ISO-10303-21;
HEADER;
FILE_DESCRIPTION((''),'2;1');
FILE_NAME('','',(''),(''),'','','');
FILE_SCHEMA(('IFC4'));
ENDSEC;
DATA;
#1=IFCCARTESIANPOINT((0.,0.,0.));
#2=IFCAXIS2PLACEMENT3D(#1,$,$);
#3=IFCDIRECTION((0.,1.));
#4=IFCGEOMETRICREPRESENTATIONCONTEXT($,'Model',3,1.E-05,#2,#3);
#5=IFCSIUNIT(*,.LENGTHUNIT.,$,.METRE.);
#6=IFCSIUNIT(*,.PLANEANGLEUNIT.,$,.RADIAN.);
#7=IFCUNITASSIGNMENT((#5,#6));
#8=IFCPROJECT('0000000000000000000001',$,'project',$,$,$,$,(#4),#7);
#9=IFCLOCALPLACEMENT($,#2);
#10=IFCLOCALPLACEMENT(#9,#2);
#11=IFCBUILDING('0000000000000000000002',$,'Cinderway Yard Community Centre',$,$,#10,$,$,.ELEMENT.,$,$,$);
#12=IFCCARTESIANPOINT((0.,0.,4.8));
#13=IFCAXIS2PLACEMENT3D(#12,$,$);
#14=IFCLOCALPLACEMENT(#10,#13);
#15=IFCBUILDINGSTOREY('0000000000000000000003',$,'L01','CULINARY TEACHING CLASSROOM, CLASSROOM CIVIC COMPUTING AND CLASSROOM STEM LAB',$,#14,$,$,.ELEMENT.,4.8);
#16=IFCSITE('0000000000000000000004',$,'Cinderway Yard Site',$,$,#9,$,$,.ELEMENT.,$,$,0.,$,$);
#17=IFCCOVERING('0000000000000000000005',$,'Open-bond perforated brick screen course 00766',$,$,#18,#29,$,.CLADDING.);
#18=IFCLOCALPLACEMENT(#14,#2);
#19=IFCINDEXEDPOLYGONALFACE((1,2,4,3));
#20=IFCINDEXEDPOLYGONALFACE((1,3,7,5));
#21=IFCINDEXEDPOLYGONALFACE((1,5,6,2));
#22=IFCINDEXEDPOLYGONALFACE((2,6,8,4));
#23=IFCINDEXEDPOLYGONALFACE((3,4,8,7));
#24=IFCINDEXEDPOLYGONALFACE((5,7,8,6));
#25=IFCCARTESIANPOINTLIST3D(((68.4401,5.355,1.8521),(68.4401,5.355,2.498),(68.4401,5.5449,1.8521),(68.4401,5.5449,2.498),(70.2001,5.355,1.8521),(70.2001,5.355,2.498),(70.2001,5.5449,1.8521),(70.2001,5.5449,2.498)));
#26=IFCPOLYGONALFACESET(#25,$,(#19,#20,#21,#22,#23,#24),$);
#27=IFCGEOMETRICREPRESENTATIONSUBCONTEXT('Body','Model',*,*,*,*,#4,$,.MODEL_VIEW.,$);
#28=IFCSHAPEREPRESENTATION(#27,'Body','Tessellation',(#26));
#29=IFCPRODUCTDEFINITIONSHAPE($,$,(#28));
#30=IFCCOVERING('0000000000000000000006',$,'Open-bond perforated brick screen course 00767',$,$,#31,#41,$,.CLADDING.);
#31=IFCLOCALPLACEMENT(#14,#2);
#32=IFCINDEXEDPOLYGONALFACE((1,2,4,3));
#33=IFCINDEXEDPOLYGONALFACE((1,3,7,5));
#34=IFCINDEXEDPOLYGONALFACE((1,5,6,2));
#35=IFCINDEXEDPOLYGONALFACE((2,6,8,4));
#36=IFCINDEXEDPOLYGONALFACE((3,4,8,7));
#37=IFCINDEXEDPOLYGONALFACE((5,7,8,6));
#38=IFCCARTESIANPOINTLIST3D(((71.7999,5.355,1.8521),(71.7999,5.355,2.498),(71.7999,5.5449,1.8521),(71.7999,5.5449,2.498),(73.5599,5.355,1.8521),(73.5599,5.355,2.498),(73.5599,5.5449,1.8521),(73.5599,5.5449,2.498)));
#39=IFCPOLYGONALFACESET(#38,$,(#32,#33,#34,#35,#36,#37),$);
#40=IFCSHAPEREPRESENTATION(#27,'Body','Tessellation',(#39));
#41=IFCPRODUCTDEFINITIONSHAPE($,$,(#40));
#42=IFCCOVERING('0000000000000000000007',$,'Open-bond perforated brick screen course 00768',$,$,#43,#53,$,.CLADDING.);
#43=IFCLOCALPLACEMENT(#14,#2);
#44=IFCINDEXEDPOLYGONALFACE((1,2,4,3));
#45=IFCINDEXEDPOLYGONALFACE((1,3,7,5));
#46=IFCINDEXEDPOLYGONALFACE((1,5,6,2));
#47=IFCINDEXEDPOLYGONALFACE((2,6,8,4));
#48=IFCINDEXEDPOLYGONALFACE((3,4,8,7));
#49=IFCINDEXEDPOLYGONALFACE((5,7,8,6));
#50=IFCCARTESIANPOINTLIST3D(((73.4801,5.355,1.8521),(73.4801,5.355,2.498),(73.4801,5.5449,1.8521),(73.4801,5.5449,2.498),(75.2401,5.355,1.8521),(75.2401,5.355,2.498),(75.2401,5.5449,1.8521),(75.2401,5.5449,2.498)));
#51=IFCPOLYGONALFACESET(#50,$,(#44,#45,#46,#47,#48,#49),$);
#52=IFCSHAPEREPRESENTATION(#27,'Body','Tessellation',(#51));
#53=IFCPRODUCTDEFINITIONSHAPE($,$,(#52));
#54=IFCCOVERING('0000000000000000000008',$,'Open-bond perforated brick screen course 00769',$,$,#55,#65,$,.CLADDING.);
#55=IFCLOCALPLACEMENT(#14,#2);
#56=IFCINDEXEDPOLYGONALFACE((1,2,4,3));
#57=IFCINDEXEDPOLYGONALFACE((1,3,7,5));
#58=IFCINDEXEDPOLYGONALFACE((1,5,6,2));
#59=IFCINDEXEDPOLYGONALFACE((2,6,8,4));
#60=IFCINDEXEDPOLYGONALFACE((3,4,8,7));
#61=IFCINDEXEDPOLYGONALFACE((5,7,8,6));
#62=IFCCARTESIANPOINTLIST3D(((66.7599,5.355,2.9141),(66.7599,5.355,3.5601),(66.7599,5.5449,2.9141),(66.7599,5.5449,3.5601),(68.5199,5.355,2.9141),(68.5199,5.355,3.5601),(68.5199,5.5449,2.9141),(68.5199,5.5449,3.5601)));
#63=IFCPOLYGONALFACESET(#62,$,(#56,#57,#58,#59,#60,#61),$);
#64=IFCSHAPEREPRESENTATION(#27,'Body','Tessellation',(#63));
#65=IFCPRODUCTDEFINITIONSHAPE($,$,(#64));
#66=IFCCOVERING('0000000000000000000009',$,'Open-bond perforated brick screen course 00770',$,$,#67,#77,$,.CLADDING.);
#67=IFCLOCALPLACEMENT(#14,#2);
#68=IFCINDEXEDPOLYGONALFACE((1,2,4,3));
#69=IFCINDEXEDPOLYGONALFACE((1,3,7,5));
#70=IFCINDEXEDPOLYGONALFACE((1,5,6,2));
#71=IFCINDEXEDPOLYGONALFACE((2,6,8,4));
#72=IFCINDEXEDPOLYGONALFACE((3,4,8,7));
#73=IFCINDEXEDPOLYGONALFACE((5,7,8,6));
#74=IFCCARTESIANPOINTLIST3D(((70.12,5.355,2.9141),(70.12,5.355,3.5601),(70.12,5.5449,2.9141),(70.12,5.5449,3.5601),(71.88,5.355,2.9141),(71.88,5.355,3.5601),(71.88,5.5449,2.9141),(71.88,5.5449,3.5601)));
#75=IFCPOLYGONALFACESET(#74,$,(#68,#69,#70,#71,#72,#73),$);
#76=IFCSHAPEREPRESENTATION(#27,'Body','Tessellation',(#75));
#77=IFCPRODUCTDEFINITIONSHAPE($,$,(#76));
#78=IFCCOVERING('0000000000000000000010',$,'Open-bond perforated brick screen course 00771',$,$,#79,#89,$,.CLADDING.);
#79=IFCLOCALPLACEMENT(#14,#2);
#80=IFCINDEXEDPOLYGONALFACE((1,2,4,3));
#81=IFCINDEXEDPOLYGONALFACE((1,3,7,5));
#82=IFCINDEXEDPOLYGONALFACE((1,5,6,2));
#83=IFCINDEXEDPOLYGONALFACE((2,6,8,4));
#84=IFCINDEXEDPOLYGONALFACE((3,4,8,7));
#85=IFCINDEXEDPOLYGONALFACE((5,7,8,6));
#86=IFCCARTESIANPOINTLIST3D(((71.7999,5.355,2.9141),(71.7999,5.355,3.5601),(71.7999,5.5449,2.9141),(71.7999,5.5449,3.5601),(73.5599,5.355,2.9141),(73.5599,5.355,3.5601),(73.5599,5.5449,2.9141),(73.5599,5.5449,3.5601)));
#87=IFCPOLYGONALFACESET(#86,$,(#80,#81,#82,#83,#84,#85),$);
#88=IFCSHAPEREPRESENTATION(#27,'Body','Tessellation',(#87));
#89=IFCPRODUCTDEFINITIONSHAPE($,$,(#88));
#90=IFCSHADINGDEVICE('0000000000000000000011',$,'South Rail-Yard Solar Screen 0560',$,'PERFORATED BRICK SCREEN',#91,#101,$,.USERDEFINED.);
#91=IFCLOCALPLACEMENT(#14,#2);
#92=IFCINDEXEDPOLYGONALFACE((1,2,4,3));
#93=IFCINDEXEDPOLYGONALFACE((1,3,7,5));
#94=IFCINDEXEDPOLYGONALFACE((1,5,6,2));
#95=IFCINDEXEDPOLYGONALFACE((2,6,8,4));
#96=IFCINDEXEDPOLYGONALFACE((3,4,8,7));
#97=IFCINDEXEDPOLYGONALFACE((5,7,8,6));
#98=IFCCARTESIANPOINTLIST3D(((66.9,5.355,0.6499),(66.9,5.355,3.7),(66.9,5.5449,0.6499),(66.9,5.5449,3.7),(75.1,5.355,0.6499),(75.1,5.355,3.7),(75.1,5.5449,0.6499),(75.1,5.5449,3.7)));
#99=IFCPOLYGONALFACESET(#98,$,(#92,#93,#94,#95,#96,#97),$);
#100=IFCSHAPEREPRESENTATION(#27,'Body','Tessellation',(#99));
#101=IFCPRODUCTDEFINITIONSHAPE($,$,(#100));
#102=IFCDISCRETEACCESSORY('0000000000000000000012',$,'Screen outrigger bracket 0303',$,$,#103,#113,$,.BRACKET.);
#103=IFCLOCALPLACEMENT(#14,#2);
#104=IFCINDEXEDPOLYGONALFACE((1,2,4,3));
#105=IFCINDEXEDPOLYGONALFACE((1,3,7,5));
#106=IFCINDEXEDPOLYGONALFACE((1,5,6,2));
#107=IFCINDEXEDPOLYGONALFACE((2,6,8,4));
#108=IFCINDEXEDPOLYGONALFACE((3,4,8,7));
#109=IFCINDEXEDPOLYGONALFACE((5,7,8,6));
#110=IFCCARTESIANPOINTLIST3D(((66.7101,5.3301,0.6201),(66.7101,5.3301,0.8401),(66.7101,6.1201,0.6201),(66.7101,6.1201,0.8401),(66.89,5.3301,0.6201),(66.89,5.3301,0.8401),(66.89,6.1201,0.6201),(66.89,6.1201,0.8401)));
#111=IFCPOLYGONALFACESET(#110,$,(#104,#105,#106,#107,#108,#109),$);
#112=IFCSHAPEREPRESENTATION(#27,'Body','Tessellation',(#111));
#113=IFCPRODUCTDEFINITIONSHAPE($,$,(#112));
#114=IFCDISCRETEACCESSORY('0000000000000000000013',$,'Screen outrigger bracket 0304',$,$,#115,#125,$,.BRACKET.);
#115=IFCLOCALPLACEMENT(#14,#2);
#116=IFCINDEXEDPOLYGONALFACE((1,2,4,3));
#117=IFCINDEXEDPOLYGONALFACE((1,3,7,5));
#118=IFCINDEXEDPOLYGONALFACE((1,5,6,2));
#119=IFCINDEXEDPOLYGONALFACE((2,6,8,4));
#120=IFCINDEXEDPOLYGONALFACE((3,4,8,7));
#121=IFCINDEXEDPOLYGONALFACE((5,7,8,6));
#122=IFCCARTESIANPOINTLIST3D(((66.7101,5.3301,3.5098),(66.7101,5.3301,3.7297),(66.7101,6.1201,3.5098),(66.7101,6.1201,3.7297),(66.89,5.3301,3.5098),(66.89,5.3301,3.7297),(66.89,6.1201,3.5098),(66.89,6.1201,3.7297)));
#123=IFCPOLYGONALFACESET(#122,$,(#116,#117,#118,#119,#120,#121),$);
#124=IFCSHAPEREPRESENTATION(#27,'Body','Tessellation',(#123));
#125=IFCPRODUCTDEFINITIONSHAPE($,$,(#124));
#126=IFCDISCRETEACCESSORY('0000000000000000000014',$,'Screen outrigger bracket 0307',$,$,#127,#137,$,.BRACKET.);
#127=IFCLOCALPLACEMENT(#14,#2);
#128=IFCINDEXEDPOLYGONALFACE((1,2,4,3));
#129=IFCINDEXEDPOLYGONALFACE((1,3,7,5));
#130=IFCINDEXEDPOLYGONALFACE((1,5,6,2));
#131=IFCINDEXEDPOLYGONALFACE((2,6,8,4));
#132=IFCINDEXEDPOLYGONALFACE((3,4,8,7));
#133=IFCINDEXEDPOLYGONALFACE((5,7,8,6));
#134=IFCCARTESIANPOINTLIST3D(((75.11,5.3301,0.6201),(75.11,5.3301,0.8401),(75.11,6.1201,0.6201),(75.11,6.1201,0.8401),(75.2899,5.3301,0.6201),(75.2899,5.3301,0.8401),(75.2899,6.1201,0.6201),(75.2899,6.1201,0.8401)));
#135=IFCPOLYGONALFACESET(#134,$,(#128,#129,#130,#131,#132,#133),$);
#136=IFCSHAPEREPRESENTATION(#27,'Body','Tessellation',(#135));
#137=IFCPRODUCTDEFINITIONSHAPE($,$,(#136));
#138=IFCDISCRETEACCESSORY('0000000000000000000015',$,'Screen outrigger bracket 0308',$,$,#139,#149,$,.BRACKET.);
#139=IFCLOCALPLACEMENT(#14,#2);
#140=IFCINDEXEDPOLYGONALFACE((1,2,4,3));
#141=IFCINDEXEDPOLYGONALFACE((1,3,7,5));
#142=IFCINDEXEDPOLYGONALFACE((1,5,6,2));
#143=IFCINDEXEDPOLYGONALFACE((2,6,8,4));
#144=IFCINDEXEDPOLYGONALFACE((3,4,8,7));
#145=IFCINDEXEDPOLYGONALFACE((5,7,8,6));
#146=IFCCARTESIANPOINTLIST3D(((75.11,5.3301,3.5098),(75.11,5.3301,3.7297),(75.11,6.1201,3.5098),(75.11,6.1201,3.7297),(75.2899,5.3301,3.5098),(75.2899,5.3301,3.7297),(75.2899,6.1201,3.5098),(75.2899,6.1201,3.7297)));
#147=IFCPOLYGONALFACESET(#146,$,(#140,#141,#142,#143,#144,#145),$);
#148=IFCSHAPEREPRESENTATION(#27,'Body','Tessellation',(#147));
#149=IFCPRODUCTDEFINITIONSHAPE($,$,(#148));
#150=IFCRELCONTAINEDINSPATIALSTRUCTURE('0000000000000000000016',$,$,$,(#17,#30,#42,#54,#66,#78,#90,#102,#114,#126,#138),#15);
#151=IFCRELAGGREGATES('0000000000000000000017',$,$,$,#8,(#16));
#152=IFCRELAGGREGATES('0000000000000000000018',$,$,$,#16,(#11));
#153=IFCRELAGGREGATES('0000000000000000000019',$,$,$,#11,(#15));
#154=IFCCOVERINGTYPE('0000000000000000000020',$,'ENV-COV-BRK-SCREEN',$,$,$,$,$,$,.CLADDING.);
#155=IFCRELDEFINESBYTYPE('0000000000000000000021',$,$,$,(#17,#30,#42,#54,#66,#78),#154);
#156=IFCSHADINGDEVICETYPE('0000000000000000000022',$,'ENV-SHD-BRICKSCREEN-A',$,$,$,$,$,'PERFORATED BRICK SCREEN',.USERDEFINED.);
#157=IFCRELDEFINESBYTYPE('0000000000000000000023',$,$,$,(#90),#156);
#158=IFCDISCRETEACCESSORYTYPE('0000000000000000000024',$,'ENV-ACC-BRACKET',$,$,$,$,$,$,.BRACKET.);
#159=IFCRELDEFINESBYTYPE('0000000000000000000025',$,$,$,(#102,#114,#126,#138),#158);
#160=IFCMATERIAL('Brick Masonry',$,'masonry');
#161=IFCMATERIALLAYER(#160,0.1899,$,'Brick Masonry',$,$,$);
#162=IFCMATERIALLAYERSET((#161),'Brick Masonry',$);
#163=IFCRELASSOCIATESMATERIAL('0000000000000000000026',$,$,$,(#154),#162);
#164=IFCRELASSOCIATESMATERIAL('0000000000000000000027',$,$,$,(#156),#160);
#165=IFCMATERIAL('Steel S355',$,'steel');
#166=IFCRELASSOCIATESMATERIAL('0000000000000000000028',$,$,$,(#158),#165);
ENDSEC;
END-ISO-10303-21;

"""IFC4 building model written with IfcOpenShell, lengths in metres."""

from ifc_helpers import new_model, si_unit, direction, frame, origin, origin_2d, place, context, subcontext, project, spatial, rectangle, extrude, material, layer, layer_set, type_object, element, save


model = new_model("IFC4")

# Units and contexts
model_context = context("Model", 3, precision=1e-05, world=origin(), true_north=direction((0.0, 1.0)))
body_context = subcontext(model_context, "Body", "Model", "MODEL_VIEW")
ifc_project = project(units=[si_unit("LENGTHUNIT", "METRE"), si_unit("PLANEANGLEUNIT", "RADIAN")], contexts=[model_context])

# Site, building, storey
site_placement = place(None, origin())
site = spatial("IfcSite", under=ifc_project, at=site_placement, Name="Cinderway Yard Site", CompositionType="ELEMENT", RefElevation=0.0)
building_placement = place(site_placement, origin())
building = spatial("IfcBuilding", under=site, at=building_placement, Name="Cinderway Yard Community Centre", CompositionType="ELEMENT")
storey_placement = place(building_placement, frame((0.0, 0.0, 4.8)))
storey = spatial("IfcBuildingStorey", under=building, at=storey_placement, Name="L01", Description="CULINARY TEACHING CLASSROOM, CLASSROOM CIVIC COMPUTING AND CLASSROOM STEM LAB", CompositionType="ELEMENT", Elevation=4.8)

# Shared definitions
ifc_material_1 = material(Name="Steel S355", Category="steel")

# Shared definitions
ifc_material_2 = material(Name="Brick Masonry", Category="masonry")

# Coverings
ifc_layer_1 = layer(ifc_material_2, 0.1899, Name="Brick Masonry")
ifc_layer_set_1 = layer_set([ifc_layer_1], Name="Brick Masonry")
covering_type = type_object("IfcCoveringType", Name="ENV-COV-BRK-SCREEN", PredefinedType="CLADDING", material=ifc_layer_set_1)
for number, where, z_axis, x_axis, name in (
    (1, (69.3201, 5.45, 1.8521), (0.0, 0.0, 1.0), (-1.0, 0.0, 0.0), "Open-bond perforated brick screen course 00766"),
    (2, (72.6799, 5.45, 1.8521), (0.0, 0.0, 1.0), (-1.0, 0.0, 0.0), "Open-bond perforated brick screen course 00767"),
    (3, (74.3601, 5.45, 1.8521), (0.0, 0.0, 1.0), (-1.0, 0.0, 0.0), "Open-bond perforated brick screen course 00768"),
    (4, (67.6399, 5.45, 2.9141), (0.0, 0.0, 1.0), (-1.0, 0.0, 0.0), "Open-bond perforated brick screen course 00769"),
    (5, (71.0, 5.45, 2.9141), (0.0, 0.0, 1.0), (-1.0, 0.0, 0.0), "Open-bond perforated brick screen course 00770"),
    (6, (72.6799, 5.45, 2.9141), (0.0, 0.0, 1.0), (-1.0, 0.0, 0.0), "Open-bond perforated brick screen course 00771"),
):
    element("IfcCovering", number, at=place(storey_placement, frame(where, z_axis=z_axis, x_axis=x_axis)), inside=storey, type_object=covering_type, Name=name, PredefinedType="CLADDING", context=body_context, shape_type="SweptSolid", body=[
        extrude(rectangle(XDim=1.76, YDim=0.1899, at=origin_2d()), origin(), (0.0, 0.0, 1.0), 0.646),
    ])

# Shading device
shading_device_type = type_object("IfcShadingDeviceType", Name="ENV-SHD-BRICKSCREEN-A", ElementType="PERFORATED BRICK SCREEN", PredefinedType="USERDEFINED", material=ifc_material_2)
shading_device_placement = place(storey_placement, frame((71.0, 5.45, 0.6499), z_axis=(0.0, 0.0, 1.0), x_axis=(-1.0, 0.0, 0.0)))
element("IfcShadingDevice", 7, at=shading_device_placement, inside=storey, type_object=shading_device_type, Name="South Rail-Yard Solar Screen 0560", ObjectType="PERFORATED BRICK SCREEN", PredefinedType="USERDEFINED", context=body_context, shape_type="SweptSolid", body=[
    extrude(rectangle(XDim=8.2, YDim=0.1899, at=origin_2d()), origin(), (0.0, 0.0, 1.0), 3.05),
])

# Discrete accessories
discrete_accessory_type = type_object("IfcDiscreteAccessoryType", Name="ENV-ACC-BRACKET", PredefinedType="BRACKET", material=ifc_material_1)
for number, where, z_axis, x_axis, name in (
    (8, (66.8, 5.7251, 0.6201), (0.0, 0.0, 1.0), (0.0, -1.0, 0.0), "Screen outrigger bracket 0303"),
    (9, (66.8, 5.7251, 3.5098), (0.0, 0.0, 1.0), (0.0, -1.0, 0.0), "Screen outrigger bracket 0304"),
    (10, (75.2, 5.7251, 0.6201), (0.0, 0.0, 1.0), (0.0, -1.0, 0.0), "Screen outrigger bracket 0307"),
    (11, (75.2, 5.7251, 3.5098), (0.0, 0.0, 1.0), (0.0, -1.0, 0.0), "Screen outrigger bracket 0308"),
):
    element("IfcDiscreteAccessory", number, at=place(storey_placement, frame(where, z_axis=z_axis, x_axis=x_axis)), inside=storey, type_object=discrete_accessory_type, Name=name, PredefinedType="BRACKET", context=body_context, shape_type="SweptSolid", body=[
        extrude(rectangle(XDim=0.79, YDim=0.1799, at=origin_2d()), origin(), (0.0, 0.0, 1.0), 0.22),
    ])

save(model, "model.ifc")
